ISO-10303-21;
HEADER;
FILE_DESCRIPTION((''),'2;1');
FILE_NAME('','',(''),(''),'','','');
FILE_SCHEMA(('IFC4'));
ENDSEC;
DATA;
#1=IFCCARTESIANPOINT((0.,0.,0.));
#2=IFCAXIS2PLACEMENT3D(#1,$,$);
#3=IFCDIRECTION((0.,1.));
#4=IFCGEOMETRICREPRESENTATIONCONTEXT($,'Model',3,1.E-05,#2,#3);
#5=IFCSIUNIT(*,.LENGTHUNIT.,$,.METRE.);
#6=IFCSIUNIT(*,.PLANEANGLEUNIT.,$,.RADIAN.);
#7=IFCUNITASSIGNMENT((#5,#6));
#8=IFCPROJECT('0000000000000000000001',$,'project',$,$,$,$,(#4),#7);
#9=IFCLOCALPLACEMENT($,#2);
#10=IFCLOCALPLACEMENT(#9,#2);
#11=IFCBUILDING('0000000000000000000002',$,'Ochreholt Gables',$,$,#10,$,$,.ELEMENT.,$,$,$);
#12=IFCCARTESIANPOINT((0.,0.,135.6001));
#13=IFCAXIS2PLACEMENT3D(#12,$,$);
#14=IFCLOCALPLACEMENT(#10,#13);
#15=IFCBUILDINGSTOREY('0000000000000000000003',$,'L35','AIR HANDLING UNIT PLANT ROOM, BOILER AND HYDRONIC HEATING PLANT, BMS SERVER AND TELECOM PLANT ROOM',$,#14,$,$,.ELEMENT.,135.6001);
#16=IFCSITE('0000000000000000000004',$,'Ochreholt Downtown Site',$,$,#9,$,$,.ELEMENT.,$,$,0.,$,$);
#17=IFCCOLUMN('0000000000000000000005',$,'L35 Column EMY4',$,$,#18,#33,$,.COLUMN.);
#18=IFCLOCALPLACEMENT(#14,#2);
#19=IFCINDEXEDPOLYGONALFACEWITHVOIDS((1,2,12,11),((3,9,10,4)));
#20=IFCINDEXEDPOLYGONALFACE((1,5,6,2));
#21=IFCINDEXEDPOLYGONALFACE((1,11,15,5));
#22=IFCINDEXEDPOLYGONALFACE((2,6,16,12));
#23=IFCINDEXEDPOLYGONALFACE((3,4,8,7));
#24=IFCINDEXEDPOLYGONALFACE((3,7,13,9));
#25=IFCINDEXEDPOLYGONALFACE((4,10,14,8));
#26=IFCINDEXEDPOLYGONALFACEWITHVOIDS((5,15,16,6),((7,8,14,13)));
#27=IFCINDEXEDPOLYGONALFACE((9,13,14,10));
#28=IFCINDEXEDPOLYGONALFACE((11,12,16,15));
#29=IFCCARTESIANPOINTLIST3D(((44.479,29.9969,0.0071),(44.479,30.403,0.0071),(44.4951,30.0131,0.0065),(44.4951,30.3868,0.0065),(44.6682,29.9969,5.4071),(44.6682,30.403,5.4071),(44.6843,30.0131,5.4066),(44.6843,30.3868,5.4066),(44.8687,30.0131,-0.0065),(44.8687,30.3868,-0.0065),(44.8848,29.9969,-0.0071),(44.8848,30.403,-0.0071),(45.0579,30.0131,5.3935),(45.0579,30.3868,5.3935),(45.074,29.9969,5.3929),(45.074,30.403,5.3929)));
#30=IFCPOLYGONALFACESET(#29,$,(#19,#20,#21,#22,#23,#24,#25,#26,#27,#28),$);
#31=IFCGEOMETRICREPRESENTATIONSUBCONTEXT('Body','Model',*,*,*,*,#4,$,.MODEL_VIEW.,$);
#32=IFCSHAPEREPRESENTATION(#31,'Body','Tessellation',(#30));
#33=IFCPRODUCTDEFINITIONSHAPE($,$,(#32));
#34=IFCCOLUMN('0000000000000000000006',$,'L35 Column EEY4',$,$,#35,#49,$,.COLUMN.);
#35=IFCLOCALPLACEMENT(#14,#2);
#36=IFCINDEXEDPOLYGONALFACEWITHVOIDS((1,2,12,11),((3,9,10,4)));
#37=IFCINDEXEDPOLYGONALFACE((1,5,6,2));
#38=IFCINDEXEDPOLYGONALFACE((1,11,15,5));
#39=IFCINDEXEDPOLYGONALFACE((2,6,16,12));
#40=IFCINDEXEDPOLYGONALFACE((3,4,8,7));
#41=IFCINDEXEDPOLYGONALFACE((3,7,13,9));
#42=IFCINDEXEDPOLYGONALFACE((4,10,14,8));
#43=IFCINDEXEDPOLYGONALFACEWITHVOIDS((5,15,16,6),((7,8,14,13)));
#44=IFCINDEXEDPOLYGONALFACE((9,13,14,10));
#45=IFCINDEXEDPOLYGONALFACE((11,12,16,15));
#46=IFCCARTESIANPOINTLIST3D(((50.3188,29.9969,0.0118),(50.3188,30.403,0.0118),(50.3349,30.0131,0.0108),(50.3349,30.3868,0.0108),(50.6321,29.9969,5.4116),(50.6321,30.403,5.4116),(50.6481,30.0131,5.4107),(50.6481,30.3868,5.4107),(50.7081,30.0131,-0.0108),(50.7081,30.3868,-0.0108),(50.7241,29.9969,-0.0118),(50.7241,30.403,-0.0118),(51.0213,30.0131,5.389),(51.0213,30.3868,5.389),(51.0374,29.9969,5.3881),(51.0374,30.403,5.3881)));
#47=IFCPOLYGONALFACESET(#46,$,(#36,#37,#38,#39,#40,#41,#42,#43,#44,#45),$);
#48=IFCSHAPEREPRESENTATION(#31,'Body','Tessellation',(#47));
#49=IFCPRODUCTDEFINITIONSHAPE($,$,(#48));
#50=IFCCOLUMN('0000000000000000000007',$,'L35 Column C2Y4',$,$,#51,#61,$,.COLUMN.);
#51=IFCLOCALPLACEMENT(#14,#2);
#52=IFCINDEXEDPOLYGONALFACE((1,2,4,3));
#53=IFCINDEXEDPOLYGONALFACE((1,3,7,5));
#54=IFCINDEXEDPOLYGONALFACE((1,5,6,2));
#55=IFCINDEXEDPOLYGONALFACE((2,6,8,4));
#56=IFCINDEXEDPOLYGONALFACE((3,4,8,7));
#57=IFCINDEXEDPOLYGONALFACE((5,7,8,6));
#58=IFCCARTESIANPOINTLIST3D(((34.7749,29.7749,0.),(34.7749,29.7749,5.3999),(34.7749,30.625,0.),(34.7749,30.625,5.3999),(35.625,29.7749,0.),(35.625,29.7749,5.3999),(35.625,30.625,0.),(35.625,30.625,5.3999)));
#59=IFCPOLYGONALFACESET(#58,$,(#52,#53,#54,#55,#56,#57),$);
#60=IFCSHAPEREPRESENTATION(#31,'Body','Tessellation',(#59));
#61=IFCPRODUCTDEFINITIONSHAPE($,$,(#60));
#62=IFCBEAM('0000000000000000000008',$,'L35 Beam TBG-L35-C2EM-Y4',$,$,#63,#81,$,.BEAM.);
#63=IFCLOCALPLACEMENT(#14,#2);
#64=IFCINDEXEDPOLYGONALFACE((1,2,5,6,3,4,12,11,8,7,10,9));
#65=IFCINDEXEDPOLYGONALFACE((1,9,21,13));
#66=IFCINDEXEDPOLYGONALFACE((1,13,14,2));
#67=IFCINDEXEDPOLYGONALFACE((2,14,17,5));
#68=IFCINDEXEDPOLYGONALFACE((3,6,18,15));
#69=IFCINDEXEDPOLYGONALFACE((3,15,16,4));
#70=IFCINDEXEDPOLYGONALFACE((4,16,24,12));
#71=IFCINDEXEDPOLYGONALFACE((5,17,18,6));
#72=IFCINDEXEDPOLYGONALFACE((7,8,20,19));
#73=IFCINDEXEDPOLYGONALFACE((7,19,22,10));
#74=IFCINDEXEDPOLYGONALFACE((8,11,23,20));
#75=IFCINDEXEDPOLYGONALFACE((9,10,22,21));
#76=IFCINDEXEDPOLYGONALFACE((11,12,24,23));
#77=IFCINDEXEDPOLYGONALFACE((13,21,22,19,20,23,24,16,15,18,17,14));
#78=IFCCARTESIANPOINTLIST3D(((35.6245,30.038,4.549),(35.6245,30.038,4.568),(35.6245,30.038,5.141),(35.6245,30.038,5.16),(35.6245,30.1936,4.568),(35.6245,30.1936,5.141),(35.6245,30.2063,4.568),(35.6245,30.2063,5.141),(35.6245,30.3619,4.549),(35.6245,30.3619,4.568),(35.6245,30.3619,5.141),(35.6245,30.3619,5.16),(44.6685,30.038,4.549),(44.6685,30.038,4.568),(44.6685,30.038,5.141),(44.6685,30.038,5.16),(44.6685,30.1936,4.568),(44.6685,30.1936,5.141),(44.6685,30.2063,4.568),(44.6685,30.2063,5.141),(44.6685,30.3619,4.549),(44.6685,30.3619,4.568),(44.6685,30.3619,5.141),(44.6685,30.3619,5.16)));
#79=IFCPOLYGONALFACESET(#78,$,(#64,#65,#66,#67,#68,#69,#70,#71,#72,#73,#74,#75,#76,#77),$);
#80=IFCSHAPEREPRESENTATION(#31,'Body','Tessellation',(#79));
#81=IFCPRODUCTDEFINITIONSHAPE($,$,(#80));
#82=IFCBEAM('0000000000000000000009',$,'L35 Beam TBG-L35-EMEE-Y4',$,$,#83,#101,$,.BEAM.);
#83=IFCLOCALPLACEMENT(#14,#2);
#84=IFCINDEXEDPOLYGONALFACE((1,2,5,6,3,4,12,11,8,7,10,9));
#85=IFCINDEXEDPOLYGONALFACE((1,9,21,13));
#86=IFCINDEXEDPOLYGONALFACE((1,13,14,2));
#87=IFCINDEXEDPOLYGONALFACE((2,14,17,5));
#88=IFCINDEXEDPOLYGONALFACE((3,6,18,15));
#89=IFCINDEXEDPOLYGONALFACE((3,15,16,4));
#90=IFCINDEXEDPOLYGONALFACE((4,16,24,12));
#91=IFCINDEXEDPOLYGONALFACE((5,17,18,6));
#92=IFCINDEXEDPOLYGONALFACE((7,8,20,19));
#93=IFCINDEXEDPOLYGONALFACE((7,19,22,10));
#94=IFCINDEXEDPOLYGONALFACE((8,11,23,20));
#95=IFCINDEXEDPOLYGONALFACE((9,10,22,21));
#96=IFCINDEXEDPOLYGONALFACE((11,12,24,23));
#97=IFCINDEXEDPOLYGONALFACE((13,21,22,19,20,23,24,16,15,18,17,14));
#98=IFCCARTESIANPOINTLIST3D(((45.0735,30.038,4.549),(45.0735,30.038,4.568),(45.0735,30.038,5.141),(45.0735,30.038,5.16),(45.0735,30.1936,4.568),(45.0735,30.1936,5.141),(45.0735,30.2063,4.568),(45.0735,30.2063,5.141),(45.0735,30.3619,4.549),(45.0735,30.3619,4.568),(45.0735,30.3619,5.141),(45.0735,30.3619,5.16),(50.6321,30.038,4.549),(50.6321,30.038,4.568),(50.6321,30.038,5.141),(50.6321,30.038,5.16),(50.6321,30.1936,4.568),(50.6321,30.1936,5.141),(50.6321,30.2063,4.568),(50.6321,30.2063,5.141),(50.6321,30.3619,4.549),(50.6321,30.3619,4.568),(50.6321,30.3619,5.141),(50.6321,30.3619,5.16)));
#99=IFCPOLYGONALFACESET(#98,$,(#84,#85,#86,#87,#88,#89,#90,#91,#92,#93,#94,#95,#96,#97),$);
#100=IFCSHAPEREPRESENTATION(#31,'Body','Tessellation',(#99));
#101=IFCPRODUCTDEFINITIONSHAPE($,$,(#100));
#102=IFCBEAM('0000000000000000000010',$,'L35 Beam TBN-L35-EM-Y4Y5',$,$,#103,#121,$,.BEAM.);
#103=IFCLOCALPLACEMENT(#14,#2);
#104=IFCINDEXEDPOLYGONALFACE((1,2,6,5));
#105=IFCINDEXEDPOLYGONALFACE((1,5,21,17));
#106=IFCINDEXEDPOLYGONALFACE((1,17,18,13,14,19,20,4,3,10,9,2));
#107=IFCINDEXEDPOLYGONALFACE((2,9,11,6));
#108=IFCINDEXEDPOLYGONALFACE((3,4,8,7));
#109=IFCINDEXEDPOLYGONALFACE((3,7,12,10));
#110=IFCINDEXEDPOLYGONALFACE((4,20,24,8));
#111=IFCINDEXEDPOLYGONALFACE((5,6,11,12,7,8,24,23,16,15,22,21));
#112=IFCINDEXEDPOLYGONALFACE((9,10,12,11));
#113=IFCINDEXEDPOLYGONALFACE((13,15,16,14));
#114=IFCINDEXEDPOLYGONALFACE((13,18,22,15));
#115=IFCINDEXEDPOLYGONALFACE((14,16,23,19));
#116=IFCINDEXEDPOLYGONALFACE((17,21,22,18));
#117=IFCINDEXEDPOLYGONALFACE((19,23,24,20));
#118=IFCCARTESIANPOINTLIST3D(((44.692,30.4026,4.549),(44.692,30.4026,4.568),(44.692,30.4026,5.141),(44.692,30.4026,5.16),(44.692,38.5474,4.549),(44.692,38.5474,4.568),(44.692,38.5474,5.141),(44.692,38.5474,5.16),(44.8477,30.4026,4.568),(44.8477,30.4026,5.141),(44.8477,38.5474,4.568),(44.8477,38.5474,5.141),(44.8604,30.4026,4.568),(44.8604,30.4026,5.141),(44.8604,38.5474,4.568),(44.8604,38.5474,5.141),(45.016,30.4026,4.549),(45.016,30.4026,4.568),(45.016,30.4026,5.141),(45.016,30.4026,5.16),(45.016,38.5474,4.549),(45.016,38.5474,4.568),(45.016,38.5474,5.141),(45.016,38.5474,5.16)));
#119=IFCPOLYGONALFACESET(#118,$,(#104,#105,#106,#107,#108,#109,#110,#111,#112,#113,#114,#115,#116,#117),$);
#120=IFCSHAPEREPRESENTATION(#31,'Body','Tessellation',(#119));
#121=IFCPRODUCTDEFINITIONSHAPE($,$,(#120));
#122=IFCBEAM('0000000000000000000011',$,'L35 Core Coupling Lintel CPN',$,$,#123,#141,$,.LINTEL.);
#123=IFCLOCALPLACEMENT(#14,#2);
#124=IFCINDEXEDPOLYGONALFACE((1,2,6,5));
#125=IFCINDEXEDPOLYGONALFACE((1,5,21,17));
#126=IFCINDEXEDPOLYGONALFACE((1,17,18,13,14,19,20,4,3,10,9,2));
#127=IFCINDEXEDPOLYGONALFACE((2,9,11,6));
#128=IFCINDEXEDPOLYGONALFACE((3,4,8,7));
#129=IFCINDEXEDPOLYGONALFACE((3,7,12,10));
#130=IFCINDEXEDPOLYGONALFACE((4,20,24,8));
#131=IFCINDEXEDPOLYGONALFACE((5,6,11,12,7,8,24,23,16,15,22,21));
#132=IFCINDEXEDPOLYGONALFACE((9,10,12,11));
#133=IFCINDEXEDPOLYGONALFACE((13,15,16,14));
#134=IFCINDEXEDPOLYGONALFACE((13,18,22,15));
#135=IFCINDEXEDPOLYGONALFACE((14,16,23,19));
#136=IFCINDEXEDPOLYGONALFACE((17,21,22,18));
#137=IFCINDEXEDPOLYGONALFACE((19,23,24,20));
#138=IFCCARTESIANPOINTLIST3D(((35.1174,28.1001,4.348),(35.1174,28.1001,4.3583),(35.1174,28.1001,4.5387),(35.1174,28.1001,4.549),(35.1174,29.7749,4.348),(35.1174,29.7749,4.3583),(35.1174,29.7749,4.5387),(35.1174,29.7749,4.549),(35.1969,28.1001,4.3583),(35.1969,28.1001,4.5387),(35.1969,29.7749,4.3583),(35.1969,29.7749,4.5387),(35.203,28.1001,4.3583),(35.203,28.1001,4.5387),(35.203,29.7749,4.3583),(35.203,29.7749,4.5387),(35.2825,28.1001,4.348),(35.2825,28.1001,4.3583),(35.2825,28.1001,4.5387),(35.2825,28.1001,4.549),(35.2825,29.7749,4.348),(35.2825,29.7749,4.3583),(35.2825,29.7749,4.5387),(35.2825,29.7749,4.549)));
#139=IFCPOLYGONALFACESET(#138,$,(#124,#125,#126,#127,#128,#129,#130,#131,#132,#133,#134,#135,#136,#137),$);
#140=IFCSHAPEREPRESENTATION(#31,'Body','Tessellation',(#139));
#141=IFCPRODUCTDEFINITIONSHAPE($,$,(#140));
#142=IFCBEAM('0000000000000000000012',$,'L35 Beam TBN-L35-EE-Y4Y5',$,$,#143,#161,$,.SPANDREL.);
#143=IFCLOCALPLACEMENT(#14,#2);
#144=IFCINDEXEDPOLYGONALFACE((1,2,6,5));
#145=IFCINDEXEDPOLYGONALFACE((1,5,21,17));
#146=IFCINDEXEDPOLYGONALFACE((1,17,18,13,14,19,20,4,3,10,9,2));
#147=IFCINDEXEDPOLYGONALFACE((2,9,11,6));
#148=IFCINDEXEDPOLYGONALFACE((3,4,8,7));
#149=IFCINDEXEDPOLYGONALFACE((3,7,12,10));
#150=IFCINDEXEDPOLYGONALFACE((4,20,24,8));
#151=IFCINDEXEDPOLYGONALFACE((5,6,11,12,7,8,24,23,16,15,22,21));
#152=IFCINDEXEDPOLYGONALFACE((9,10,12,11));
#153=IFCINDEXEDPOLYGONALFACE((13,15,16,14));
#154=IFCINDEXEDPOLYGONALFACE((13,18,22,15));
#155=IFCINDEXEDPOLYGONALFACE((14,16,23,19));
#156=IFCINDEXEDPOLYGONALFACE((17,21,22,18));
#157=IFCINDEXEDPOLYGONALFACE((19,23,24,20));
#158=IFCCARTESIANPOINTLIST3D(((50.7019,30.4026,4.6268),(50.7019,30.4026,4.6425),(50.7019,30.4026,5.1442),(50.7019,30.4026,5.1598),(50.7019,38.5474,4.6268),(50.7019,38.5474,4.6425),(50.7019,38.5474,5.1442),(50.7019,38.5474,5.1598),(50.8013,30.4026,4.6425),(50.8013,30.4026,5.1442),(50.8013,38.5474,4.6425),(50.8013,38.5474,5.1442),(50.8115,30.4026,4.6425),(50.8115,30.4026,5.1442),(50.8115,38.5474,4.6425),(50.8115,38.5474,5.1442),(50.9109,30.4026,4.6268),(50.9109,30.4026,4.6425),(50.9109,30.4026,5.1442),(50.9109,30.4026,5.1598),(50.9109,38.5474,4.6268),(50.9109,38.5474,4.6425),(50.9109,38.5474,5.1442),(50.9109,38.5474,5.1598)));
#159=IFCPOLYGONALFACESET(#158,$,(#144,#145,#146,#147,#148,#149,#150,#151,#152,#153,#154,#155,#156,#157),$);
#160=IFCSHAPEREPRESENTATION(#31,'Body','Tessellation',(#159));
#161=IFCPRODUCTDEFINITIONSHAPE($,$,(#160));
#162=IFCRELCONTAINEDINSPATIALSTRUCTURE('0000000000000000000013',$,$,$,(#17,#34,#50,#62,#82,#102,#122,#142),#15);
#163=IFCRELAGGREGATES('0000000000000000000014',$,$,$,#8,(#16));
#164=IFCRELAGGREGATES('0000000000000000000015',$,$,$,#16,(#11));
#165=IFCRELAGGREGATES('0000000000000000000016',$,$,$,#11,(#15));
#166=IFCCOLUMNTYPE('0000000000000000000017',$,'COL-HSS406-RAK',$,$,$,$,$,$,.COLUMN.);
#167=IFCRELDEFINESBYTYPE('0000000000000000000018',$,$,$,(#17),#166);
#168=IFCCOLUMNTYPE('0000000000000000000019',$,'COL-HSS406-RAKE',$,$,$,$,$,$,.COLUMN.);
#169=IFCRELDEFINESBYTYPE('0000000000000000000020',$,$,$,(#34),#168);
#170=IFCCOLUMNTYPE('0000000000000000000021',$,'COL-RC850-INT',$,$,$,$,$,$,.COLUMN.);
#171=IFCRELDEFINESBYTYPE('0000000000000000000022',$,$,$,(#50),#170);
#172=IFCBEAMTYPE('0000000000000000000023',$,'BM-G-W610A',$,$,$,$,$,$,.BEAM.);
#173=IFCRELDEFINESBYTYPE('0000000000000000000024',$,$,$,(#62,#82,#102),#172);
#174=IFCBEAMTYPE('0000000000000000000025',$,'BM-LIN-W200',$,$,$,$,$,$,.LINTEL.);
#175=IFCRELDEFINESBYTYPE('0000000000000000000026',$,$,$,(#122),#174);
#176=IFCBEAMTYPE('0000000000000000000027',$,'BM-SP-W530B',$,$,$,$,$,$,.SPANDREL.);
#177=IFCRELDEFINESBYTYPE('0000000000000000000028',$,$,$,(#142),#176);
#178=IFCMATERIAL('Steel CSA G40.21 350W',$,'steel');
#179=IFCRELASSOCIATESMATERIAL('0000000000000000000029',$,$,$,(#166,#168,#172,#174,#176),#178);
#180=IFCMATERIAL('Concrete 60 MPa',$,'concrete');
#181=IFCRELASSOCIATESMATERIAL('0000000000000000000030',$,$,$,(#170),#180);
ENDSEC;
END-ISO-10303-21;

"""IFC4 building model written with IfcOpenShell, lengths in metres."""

from ifc_helpers import new_model, si_unit, direction, frame, origin, origin_2d, place, context, subcontext, project, spatial, rectangle, hollow_rectangle, i_section, extrude, material, material_profile, profile_set, type_object, element, save


model = new_model("IFC4")

# Units and contexts
model_context = context("Model", 3, precision=1e-05, world=origin(), true_north=direction((0.0, 1.0)))
body_context = subcontext(model_context, "Body", "Model", "MODEL_VIEW")
ifc_project = project(units=[si_unit("LENGTHUNIT", "METRE"), si_unit("PLANEANGLEUNIT", "RADIAN")], contexts=[model_context])

# Site, building, storey
site_placement = place(None, origin())
site = spatial("IfcSite", under=ifc_project, at=site_placement, Name="Ochreholt Downtown Site", CompositionType="ELEMENT", RefElevation=0.0)
building_placement = place(site_placement, origin())
building = spatial("IfcBuilding", under=site, at=building_placement, Name="Ochreholt Gables", CompositionType="ELEMENT")
storey_placement = place(building_placement, frame((0.0, 0.0, 135.6001)))
storey = spatial("IfcBuildingStorey", under=building, at=storey_placement, Name="L35", Description="AIR HANDLING UNIT PLANT ROOM, BOILER AND HYDRONIC HEATING PLANT, BMS SERVER AND TELECOM PLANT ROOM", CompositionType="ELEMENT", Elevation=135.6001)

# Columns
ifc_material_1 = material(Name="Steel CSA G40.21 350W", Category="steel")
ifc_material_profile_1 = material_profile(ifc_material_1, hollow_rectangle(XDim=0.406, YDim=0.406, WallThickness=0.0161, at=origin_2d()), Name="HSS406X406X16")
ifc_profile_set_1 = profile_set([ifc_material_profile_1], Name="Steel CSA G40.21 350W")
column_type_1 = type_object("IfcColumnType", Name="COL-HSS406-RAK", PredefinedType="COLUMN", material=ifc_profile_set_1)
column_1_placement = place(storey_placement, frame((44.6819, 30.2, 0.0), z_axis=(0.035018, 0.0, 0.999387), x_axis=(0.0, 1.0, 0.0)))
element("IfcColumn", 1, at=column_1_placement, inside=storey, type_object=column_type_1, Name="L35 Column EMY4", PredefinedType="COLUMN", context=body_context, shape_type="SweptSolid", body=[
    extrude(hollow_rectangle(XDim=0.406, YDim=0.406, WallThickness=0.0161, at=origin_2d()), origin(), (0.0, 0.0, 1.0), 5.4033),
])
ifc_material_profile_2 = material_profile(ifc_material_1, hollow_rectangle(XDim=0.406, YDim=0.406, WallThickness=0.0161, at=origin_2d()), Name="HSS406X406X16")
ifc_profile_set_2 = profile_set([ifc_material_profile_2], Name="Steel CSA G40.21 350W")
column_type_2 = type_object("IfcColumnType", Name="COL-HSS406-RAKE", PredefinedType="COLUMN", material=ifc_profile_set_2)
column_2_placement = place(storey_placement, frame((50.5215, 30.2, 0.0), z_axis=(0.05791, 0.0, 0.998322), x_axis=(0.0, 1.0, 0.0)))
element("IfcColumn", 2, at=column_2_placement, inside=storey, type_object=column_type_2, Name="L35 Column EEY4", PredefinedType="COLUMN", context=body_context, shape_type="SweptSolid", body=[
    extrude(hollow_rectangle(XDim=0.406, YDim=0.406, WallThickness=0.0161, at=origin_2d()), origin(), (0.0, 0.0, 1.0), 5.4089),
])
ifc_material_2 = material(Name="Concrete 60 MPa", Category="concrete")
ifc_material_profile_3 = material_profile(ifc_material_2, rectangle(XDim=0.8501, YDim=0.8501, at=origin_2d()), Name="RC850X850")
ifc_profile_set_3 = profile_set([ifc_material_profile_3], Name="Concrete 60 MPa")
column_type_3 = type_object("IfcColumnType", Name="COL-RC850-INT", PredefinedType="COLUMN", material=ifc_profile_set_3)
column_3_placement = place(storey_placement, frame((35.2, 30.2, 0.0), z_axis=(0.0, 0.0, 1.0), x_axis=(1.0, 0.0, 0.0)))
element("IfcColumn", 3, at=column_3_placement, inside=storey, type_object=column_type_3, Name="L35 Column C2Y4", PredefinedType="COLUMN", context=body_context, shape_type="SweptSolid", body=[
    extrude(rectangle(XDim=0.8501, YDim=0.8501, at=origin_2d()), origin(), (0.0, 0.0, 1.0), 5.3999),
])

# Beams
ifc_material_profile_4 = material_profile(ifc_material_1, i_section(OverallWidth=0.324, OverallDepth=0.6111, WebThickness=0.0127, FlangeThickness=0.019, at=origin_2d()), Name="W610X155")
ifc_profile_set_4 = profile_set([ifc_material_profile_4], Name="Steel CSA G40.21 350W")
beam_type_1 = type_object("IfcBeamType", Name="BM-G-W610A", PredefinedType="BEAM", material=ifc_profile_set_4)
beam_1_placement = place(storey_placement, frame((35.6245, 30.2, 4.8545), z_axis=(1.0, 0.0, 0.0), x_axis=(0.0, 1.0, 0.0)))
element("IfcBeam", 4, at=beam_1_placement, inside=storey, type_object=beam_type_1, Name="L35 Beam TBG-L35-C2EM-Y4", PredefinedType="BEAM", context=body_context, shape_type="SweptSolid", body=[
    extrude(i_section(OverallWidth=0.324, OverallDepth=0.6111, WebThickness=0.0127, FlangeThickness=0.019, at=origin_2d()), origin(), (0.0, 0.0, 1.0), 9.0439),
])
beam_2_placement = place(storey_placement, frame((45.0735, 30.2, 4.8545), z_axis=(1.0, 0.0, 0.0), x_axis=(0.0, 1.0, 0.0)))
element("IfcBeam", 5, at=beam_2_placement, inside=storey, type_object=beam_type_1, Name="L35 Beam TBG-L35-EMEE-Y4", PredefinedType="BEAM", context=body_context, shape_type="SweptSolid", body=[
    extrude(i_section(OverallWidth=0.324, OverallDepth=0.6111, WebThickness=0.0127, FlangeThickness=0.019, at=origin_2d()), origin(), (0.0, 0.0, 1.0), 5.5586),
])
beam_3_placement = place(storey_placement, frame((44.854, 30.4026, 4.8545), z_axis=(0.0, 1.0, 0.0), x_axis=(-1.0, 0.0, 0.0)))
element("IfcBeam", 6, at=beam_3_placement, inside=storey, type_object=beam_type_1, Name="L35 Beam TBN-L35-EM-Y4Y5", PredefinedType="BEAM", context=body_context, shape_type="SweptSolid", body=[
    extrude(i_section(OverallWidth=0.324, OverallDepth=0.6111, WebThickness=0.0127, FlangeThickness=0.019, at=origin_2d()), origin(), (0.0, 0.0, 1.0), 8.1448),
])
ifc_material_profile_5 = material_profile(ifc_material_1, i_section(OverallWidth=0.165, OverallDepth=0.2009, WebThickness=0.0061, FlangeThickness=0.0103, at=origin_2d()), Name="W200X36")
ifc_profile_set_5 = profile_set([ifc_material_profile_5], Name="Steel CSA G40.21 350W")
beam_type_2 = type_object("IfcBeamType", Name="BM-LIN-W200", PredefinedType="LINTEL", material=ifc_profile_set_5)
beam_4_placement = place(storey_placement, frame((35.2, 28.1001, 4.4485), z_axis=(0.0, 1.0, 0.0), x_axis=(-1.0, 0.0, 0.0)))
element("IfcBeam", 7, at=beam_4_placement, inside=storey, type_object=beam_type_2, Name="L35 Core Coupling Lintel CPN", PredefinedType="LINTEL", context=body_context, shape_type="SweptSolid", body=[
    extrude(i_section(OverallWidth=0.165, OverallDepth=0.2009, WebThickness=0.0061, FlangeThickness=0.0103, at=origin_2d()), origin(), (0.0, 0.0, 1.0), 1.6748),
])
ifc_material_profile_6 = material_profile(ifc_material_1, i_section(OverallWidth=0.209, OverallDepth=0.533, WebThickness=0.0103, FlangeThickness=0.0156, at=origin_2d()), Name="W530X92")
ifc_profile_set_6 = profile_set([ifc_material_profile_6], Name="Steel CSA G40.21 350W")
beam_type_3 = type_object("IfcBeamType", Name="BM-SP-W530B", PredefinedType="SPANDREL", material=ifc_profile_set_6)
beam_5_placement = place(storey_placement, frame((50.8064, 30.4026, 4.8933), z_axis=(0.0, 1.0, 0.0), x_axis=(-1.0, 0.0, 0.0)))
element("IfcBeam", 8, at=beam_5_placement, inside=storey, type_object=beam_type_3, Name="L35 Beam TBN-L35-EE-Y4Y5", PredefinedType="SPANDREL", context=body_context, shape_type="SweptSolid", body=[
    extrude(i_section(OverallWidth=0.209, OverallDepth=0.533, WebThickness=0.0103, FlangeThickness=0.0156, at=origin_2d()), origin(), (0.0, 0.0, 1.0), 8.1448),
])

save(model, "model.ifc")
